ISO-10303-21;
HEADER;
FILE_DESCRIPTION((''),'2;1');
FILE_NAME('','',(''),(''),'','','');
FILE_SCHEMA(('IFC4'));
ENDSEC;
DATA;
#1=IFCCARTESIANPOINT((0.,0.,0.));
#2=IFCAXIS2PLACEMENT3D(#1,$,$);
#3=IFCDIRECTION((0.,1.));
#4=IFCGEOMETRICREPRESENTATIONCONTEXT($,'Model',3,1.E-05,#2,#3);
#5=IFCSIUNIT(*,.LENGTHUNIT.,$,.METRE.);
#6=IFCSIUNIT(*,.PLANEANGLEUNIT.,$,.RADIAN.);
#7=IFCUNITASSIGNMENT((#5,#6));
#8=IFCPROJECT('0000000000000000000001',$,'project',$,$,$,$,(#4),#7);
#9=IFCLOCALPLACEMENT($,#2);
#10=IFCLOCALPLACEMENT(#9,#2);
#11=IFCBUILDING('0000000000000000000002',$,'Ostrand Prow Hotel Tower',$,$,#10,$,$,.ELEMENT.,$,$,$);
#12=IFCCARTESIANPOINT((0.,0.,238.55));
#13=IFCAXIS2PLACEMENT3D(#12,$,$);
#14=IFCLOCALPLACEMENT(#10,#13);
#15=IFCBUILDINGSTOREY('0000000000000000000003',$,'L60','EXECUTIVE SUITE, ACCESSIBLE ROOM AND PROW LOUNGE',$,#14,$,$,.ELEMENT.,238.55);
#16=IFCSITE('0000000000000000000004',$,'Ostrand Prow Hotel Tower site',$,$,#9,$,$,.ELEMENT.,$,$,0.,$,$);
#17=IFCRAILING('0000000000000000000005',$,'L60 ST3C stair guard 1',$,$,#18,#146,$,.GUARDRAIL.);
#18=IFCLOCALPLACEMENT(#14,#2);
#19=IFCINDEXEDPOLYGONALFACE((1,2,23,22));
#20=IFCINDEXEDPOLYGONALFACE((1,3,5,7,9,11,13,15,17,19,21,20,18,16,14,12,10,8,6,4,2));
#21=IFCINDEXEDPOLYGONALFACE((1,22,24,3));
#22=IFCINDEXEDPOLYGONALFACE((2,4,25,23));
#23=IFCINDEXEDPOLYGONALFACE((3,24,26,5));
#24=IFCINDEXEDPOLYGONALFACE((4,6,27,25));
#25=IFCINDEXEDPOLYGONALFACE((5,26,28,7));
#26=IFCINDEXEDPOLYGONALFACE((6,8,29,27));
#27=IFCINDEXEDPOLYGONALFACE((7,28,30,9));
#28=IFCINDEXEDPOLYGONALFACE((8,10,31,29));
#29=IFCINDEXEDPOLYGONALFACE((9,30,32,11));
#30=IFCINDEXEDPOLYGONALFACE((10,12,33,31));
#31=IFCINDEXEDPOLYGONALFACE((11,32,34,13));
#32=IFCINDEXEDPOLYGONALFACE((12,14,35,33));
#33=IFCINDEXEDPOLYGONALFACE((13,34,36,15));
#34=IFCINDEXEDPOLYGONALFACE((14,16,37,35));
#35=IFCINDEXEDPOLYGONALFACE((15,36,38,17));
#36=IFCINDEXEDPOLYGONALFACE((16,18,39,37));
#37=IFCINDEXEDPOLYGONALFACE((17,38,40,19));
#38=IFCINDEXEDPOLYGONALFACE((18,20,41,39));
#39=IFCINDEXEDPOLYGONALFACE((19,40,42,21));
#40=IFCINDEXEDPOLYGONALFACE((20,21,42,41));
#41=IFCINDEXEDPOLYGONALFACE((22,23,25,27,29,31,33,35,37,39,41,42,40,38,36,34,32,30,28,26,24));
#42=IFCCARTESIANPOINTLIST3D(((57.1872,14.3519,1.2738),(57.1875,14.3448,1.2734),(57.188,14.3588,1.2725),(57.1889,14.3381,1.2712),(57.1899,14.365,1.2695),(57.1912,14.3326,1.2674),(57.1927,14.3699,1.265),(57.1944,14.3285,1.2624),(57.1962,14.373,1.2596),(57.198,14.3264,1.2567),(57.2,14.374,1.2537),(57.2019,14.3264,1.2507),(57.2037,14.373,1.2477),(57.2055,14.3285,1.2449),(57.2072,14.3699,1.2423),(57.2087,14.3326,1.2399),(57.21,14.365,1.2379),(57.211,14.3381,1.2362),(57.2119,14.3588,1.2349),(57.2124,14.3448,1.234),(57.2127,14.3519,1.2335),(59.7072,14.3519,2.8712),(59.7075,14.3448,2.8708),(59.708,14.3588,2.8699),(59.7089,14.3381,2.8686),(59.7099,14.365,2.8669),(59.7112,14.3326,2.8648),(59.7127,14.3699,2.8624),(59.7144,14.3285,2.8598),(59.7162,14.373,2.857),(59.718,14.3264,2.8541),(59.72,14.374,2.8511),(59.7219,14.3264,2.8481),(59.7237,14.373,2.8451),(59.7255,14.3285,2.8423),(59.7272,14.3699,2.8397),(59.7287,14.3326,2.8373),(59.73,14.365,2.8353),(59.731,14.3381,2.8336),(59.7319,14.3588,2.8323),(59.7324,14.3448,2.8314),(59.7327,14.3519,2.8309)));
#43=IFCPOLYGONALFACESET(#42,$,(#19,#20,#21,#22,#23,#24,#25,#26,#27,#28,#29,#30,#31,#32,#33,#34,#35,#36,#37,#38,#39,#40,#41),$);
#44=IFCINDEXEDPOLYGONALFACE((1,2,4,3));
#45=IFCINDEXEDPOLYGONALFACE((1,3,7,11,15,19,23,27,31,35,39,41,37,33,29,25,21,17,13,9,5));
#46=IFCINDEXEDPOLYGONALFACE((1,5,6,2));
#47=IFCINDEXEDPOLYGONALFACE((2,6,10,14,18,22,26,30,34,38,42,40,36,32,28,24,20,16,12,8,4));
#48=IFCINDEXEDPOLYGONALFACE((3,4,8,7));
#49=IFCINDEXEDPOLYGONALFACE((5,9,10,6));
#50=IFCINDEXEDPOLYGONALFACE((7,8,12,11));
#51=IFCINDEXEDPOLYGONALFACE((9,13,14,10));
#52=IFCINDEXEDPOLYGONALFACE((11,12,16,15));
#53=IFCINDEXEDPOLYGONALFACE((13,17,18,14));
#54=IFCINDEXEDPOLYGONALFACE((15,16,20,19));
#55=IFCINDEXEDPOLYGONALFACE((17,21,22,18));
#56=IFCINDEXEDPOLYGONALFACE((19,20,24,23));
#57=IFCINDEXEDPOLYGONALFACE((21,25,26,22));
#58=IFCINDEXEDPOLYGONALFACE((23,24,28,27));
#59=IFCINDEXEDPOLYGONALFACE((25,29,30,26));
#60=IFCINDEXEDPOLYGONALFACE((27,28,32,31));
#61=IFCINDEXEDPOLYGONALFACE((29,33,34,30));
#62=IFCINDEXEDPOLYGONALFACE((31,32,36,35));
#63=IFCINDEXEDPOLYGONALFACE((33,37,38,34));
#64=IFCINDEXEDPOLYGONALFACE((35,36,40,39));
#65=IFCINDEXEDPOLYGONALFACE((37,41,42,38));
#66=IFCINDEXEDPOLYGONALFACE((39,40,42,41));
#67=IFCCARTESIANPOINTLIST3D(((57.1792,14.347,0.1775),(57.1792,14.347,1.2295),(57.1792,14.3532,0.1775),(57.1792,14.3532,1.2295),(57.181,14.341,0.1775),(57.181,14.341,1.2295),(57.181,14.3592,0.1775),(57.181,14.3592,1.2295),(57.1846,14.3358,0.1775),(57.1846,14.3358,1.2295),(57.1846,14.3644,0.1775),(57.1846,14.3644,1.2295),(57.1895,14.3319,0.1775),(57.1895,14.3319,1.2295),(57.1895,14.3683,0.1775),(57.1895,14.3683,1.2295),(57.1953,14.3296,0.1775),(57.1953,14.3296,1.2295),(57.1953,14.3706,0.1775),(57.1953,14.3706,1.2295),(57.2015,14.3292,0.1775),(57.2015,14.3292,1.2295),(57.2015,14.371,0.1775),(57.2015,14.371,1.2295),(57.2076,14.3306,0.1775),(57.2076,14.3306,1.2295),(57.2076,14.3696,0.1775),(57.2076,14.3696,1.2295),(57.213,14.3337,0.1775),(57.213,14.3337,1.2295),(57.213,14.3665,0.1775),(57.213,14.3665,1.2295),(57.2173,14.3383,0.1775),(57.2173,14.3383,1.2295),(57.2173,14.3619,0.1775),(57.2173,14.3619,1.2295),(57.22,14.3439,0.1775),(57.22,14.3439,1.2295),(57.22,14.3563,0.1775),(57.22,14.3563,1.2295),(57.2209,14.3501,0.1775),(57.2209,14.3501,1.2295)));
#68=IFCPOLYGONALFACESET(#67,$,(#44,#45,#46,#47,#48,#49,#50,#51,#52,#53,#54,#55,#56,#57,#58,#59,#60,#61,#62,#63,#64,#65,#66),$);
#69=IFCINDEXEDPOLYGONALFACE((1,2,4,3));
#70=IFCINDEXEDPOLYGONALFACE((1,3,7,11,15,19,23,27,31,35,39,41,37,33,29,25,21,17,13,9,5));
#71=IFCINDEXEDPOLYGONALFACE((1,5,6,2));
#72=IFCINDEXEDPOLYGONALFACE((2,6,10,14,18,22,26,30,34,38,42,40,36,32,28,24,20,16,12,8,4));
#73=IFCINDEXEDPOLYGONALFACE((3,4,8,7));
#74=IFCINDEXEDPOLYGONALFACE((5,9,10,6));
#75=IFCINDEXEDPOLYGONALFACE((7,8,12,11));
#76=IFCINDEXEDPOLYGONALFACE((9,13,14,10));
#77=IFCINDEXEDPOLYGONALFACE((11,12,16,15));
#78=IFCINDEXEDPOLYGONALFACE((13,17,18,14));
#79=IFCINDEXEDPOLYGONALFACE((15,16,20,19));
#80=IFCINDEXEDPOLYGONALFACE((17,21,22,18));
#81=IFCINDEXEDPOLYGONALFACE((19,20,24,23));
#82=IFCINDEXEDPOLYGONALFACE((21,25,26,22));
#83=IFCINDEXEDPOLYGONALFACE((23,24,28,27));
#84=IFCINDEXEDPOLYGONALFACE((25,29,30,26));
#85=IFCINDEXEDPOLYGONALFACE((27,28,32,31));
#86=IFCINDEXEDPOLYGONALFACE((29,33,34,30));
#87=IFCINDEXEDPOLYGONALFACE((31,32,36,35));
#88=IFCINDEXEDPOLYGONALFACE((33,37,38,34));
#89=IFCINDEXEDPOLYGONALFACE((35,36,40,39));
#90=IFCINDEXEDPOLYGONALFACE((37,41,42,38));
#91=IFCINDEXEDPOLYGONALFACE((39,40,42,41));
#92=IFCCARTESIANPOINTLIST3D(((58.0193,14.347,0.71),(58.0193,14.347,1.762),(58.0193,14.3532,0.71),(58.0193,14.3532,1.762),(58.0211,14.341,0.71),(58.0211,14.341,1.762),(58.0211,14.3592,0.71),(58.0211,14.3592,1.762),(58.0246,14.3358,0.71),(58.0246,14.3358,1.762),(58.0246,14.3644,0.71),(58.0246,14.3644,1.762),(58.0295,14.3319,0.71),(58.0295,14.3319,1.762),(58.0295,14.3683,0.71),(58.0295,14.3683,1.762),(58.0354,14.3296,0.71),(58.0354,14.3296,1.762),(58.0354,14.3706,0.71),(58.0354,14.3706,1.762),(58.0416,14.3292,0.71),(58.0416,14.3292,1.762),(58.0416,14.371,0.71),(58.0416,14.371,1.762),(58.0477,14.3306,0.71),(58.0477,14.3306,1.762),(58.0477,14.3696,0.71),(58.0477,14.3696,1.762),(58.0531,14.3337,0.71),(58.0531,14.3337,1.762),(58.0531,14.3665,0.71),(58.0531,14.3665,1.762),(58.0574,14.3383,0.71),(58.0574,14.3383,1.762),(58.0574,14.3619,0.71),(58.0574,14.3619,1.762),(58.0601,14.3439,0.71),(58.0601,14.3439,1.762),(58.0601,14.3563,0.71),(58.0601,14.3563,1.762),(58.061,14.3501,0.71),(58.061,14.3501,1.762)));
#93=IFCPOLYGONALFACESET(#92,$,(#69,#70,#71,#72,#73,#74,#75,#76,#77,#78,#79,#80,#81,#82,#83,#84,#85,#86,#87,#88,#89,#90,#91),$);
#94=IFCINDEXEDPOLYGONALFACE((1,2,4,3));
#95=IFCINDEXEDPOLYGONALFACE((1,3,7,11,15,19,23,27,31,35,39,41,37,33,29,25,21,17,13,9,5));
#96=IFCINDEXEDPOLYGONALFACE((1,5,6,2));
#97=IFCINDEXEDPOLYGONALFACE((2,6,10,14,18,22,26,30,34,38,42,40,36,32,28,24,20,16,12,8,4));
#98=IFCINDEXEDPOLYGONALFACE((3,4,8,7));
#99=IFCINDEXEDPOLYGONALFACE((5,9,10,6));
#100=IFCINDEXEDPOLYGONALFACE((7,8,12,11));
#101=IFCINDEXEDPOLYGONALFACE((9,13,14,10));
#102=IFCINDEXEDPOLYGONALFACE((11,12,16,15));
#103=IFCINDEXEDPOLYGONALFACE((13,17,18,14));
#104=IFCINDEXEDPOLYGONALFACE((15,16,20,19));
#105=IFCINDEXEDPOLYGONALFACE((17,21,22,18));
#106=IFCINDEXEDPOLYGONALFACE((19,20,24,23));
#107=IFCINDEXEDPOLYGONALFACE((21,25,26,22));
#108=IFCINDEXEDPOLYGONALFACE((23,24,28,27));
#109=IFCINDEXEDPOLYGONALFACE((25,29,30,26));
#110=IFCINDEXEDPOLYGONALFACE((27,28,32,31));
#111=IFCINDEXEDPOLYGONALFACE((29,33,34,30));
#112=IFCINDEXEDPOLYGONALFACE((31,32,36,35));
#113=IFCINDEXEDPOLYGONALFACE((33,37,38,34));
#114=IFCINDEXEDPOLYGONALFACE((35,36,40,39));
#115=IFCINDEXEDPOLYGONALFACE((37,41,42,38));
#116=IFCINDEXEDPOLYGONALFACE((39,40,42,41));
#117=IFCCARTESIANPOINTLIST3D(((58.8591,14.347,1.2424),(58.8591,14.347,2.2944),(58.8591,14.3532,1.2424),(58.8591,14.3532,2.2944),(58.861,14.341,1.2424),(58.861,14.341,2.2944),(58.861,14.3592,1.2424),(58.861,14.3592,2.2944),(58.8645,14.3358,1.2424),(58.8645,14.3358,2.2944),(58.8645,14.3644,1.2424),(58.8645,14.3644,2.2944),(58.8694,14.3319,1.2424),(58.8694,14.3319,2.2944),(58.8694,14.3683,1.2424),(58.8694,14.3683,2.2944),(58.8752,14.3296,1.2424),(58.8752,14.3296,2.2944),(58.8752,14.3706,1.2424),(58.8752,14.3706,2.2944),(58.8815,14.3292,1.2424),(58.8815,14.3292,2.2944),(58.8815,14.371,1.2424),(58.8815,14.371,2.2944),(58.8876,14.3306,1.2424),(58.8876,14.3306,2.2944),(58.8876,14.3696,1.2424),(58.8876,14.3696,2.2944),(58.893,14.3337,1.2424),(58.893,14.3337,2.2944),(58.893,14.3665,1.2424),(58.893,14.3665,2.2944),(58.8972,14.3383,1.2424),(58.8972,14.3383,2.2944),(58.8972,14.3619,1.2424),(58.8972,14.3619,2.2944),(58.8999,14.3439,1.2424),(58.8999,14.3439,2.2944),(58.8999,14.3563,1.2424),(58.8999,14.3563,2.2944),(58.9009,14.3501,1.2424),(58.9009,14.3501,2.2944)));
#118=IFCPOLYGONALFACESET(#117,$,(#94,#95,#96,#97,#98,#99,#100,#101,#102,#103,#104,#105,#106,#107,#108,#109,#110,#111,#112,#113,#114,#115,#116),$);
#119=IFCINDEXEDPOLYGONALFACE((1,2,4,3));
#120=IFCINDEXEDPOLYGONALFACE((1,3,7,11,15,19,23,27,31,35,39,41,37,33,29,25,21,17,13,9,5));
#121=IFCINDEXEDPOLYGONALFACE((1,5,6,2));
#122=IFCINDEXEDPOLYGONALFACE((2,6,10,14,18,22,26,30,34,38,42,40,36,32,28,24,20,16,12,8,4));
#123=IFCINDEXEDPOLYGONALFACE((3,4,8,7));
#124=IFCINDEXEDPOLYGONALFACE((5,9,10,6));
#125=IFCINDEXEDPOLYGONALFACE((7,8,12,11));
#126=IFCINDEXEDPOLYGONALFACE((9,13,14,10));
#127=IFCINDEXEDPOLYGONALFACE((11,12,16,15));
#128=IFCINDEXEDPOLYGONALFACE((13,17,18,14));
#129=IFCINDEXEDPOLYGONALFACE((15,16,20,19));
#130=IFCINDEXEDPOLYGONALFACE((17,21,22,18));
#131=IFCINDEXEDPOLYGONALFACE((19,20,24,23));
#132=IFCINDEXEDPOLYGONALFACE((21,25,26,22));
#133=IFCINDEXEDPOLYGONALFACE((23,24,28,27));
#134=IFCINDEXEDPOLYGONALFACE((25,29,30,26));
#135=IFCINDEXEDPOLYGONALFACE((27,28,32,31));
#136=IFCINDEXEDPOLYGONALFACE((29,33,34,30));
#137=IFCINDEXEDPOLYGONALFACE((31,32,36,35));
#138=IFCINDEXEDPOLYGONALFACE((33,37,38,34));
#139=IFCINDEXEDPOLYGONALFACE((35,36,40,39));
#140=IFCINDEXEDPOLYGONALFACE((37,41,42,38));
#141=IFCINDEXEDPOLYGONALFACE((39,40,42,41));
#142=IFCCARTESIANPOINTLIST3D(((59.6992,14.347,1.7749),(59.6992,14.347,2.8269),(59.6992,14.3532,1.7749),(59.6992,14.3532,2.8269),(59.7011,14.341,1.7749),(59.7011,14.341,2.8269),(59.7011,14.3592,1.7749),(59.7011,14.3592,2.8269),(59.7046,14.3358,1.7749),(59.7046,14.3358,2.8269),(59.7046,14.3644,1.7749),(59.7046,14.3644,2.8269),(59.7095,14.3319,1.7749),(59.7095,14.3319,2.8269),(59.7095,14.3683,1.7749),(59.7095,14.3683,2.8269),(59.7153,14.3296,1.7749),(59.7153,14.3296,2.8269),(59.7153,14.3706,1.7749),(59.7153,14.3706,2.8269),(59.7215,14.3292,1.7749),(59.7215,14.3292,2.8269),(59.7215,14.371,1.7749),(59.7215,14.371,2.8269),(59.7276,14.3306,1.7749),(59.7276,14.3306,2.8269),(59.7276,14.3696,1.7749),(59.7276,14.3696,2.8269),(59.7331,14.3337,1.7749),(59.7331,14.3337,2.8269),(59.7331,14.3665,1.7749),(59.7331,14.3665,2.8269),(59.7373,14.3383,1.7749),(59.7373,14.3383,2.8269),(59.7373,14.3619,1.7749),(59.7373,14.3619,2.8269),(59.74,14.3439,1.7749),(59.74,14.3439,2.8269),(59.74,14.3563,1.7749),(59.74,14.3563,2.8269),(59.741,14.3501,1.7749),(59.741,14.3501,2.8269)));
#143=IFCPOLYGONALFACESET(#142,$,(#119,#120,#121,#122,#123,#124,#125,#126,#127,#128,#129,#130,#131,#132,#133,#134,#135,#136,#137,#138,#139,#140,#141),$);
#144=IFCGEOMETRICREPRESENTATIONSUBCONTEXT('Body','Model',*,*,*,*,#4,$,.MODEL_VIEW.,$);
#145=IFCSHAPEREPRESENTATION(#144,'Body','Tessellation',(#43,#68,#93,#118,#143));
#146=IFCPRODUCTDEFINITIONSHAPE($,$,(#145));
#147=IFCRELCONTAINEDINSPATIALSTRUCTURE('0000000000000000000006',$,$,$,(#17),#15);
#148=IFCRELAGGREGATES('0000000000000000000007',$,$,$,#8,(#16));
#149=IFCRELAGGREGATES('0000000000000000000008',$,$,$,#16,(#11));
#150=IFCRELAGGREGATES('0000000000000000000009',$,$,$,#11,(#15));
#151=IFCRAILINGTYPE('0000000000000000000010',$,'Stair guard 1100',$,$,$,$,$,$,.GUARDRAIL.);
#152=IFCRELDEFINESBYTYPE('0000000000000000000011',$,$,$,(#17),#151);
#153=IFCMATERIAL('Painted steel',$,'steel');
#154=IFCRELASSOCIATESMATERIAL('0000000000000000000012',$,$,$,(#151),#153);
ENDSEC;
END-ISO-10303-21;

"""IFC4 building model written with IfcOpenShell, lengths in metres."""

from ifc_helpers import new_model, si_unit, direction, frame, origin, origin_2d, place, context, subcontext, project, spatial, circle, extrude, material, type_object, element, save


model = new_model("IFC4")

# Units and contexts
model_context = context("Model", 3, precision=1e-05, world=origin(), true_north=direction((0.0, 1.0)))
body_context = subcontext(model_context, "Body", "Model", "MODEL_VIEW")
ifc_project = project(units=[si_unit("LENGTHUNIT", "METRE"), si_unit("PLANEANGLEUNIT", "RADIAN")], contexts=[model_context])

# Site, building, storey
site_placement = place(None, origin())
site = spatial("IfcSite", under=ifc_project, at=site_placement, Name="Ostrand Prow Hotel Tower site", CompositionType="ELEMENT", RefElevation=0.0)
building_placement = place(site_placement, origin())
building = spatial("IfcBuilding", under=site, at=building_placement, Name="Ostrand Prow Hotel Tower", CompositionType="ELEMENT")
storey_placement = place(building_placement, frame((0.0, 0.0, 238.55)))
storey = spatial("IfcBuildingStorey", under=building, at=storey_placement, Name="L60", Description="EXECUTIVE SUITE, ACCESSIBLE ROOM AND PROW LOUNGE", CompositionType="ELEMENT", Elevation=238.55)

# Railing
ifc_material_1 = material(Name="Painted steel", Category="steel")
railing_type_1 = type_object("IfcRailingType", Name="Stair guard 1100", PredefinedType="GUARDRAIL", material=ifc_material_1)
railing_1_placement = place(storey_placement, frame((57.2, 14.3501, 0.1775)))
element("IfcRailing", 1, at=railing_1_placement, inside=storey, type_object=railing_type_1, Name="L60 ST3C stair guard 1", PredefinedType="GUARDRAIL", context=body_context, shape_type="SweptSolid", body=[
    extrude(circle(Radius=0.0239, at=origin_2d()), frame((0.0, 0.0, 1.0762), z_axis=(0.844607, 0.0, 0.535387), x_axis=(0.0, 1.0, 0.0)), (0.0, 0.0, 1.0), 2.9836),
    extrude(circle(Radius=0.021, at=origin_2d()), origin(), (0.0, 0.0, 1.0), 1.052),
    extrude(circle(Radius=0.021, at=origin_2d()), frame((0.8401, 0.0, 0.5325)), (0.0, 0.0, 1.0), 1.052),
    extrude(circle(Radius=0.021, at=origin_2d()), frame((1.6799, 0.0, 1.0649)), (0.0, 0.0, 1.0), 1.052),
    extrude(circle(Radius=0.021, at=origin_2d()), frame((2.52, 0.0, 1.5974)), (0.0, 0.0, 1.0), 1.052),
])

save(model, "model.ifc")
